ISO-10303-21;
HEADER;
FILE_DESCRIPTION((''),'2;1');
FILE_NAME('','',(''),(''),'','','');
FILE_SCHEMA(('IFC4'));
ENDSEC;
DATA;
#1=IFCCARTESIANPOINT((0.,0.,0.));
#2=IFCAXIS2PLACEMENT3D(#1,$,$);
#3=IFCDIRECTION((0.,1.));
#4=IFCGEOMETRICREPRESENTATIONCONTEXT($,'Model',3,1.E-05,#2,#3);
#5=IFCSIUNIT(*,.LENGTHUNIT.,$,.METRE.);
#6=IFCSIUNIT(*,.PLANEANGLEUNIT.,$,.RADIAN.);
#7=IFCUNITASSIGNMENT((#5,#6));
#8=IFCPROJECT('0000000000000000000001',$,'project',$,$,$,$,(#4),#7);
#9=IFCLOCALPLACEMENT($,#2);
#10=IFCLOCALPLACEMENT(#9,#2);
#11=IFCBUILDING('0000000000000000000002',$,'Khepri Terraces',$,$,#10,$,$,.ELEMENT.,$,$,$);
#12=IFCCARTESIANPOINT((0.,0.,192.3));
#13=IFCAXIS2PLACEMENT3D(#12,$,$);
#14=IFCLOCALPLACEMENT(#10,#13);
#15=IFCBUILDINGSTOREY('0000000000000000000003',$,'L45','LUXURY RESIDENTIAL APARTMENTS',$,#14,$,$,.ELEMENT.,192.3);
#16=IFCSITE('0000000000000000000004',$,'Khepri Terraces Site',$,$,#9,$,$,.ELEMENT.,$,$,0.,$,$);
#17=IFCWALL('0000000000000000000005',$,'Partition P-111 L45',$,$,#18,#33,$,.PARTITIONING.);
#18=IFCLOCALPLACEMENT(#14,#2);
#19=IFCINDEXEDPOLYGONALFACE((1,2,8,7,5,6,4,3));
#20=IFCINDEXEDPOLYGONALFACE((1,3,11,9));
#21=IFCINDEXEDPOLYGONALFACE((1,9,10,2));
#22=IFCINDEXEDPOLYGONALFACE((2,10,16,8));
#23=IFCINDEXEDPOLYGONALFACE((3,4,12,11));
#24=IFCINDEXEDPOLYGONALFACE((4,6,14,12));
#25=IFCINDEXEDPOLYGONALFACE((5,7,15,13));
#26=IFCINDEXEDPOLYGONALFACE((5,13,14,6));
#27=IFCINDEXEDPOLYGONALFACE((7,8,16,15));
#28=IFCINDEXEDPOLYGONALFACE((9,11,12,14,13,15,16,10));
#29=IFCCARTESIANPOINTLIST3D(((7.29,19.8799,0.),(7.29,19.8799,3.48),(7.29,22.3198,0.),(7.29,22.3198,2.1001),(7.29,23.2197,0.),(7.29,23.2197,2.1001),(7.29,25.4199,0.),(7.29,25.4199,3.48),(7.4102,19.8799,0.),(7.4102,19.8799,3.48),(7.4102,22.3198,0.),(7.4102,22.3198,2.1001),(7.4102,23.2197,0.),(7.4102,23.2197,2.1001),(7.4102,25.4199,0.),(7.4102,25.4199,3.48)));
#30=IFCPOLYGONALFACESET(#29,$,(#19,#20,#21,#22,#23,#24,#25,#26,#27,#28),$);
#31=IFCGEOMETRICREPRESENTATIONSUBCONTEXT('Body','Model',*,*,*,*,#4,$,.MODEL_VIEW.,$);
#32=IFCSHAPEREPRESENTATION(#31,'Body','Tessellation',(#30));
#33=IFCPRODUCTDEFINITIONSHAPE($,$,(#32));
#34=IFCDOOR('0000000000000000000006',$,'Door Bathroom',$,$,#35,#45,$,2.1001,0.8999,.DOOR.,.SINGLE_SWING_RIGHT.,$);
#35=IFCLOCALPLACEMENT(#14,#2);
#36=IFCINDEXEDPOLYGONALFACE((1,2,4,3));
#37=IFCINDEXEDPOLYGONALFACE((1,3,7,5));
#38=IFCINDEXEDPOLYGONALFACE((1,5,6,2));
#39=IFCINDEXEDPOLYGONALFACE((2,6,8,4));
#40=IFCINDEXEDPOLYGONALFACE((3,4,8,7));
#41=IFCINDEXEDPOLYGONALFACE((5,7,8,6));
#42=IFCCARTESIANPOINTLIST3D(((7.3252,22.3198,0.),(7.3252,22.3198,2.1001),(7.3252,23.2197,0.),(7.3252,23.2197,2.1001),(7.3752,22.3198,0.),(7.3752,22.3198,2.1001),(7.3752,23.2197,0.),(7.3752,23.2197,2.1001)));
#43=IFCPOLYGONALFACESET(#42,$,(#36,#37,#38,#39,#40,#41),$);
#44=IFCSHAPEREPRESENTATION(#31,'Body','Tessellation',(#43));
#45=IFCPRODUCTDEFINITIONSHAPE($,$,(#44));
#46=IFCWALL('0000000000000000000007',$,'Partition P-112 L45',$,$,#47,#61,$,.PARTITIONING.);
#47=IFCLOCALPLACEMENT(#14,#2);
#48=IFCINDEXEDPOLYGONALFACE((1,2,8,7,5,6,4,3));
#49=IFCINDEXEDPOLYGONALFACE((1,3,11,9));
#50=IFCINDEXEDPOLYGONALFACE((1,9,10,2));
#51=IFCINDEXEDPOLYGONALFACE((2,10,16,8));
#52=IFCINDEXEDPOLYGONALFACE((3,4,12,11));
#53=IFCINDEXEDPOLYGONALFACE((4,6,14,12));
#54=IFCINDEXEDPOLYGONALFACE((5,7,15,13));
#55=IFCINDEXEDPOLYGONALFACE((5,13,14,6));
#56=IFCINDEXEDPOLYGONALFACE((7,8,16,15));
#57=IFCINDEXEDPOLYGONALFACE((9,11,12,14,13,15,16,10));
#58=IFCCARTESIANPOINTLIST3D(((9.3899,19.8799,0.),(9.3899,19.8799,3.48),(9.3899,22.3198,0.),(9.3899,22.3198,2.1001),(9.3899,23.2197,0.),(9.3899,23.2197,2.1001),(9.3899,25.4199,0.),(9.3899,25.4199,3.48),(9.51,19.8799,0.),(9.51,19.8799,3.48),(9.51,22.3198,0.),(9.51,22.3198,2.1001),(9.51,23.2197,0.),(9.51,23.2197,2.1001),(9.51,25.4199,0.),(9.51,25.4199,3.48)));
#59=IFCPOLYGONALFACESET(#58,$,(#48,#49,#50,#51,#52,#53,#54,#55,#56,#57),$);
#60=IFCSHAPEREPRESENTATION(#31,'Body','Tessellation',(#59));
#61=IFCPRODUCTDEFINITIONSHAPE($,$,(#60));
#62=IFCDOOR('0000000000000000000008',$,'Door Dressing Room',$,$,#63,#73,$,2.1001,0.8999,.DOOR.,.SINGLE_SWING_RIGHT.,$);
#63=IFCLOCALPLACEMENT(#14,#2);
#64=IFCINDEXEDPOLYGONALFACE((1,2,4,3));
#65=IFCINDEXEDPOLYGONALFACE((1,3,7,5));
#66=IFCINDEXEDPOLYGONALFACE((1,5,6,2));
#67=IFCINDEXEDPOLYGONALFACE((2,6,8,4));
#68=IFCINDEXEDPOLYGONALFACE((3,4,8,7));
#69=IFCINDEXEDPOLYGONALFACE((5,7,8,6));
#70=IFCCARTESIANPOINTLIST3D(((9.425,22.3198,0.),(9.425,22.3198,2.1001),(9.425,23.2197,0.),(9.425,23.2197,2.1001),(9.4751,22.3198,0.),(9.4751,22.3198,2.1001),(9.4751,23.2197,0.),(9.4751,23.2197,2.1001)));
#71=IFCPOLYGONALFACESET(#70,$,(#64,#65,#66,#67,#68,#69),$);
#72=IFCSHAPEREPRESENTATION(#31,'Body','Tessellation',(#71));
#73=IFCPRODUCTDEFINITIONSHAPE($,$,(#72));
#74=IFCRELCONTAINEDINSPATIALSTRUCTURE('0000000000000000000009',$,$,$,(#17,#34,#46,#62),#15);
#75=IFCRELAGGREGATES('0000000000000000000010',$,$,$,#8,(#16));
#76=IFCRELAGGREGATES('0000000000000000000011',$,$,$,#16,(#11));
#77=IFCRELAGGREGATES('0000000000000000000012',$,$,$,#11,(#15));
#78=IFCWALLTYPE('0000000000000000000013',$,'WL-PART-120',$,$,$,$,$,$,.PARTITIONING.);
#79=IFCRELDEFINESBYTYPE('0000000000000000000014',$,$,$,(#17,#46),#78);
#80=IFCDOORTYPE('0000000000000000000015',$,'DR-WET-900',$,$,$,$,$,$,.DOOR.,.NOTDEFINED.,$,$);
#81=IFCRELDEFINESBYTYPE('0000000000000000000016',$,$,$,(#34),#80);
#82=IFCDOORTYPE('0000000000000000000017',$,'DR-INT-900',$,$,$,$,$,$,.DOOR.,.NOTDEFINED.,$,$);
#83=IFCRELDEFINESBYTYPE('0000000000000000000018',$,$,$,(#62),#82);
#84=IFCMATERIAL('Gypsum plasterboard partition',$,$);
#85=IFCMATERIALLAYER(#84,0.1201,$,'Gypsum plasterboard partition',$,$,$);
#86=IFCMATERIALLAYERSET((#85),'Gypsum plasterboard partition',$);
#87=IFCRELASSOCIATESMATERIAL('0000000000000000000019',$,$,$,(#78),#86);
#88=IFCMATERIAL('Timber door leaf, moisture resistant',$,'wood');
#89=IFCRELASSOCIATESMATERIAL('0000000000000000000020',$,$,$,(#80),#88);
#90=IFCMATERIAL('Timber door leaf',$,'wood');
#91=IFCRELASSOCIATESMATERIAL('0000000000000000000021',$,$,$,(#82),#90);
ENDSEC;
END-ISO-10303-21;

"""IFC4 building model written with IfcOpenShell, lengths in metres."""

from ifc_helpers import new_model, si_unit, direction, frame, frame_2d, origin, place, context, subcontext, project, spatial, rectangle, extrude, material, layer, layer_set, type_object, element, fill, save


model = new_model("IFC4")

# Units and contexts
model_context = context("Model", 3, precision=1e-05, world=origin(), true_north=direction((0.0, 1.0)))
body_context = subcontext(model_context, "Body", "Model", "MODEL_VIEW")
ifc_project = project(units=[si_unit("LENGTHUNIT", "METRE"), si_unit("PLANEANGLEUNIT", "RADIAN")], contexts=[model_context])

# Site, building, storey
site_placement = place(None, origin())
site = spatial("IfcSite", under=ifc_project, at=site_placement, Name="Khepri Terraces Site", CompositionType="ELEMENT", RefElevation=0.0)
building_placement = place(site_placement, origin())
building = spatial("IfcBuilding", under=site, at=building_placement, Name="Khepri Terraces", CompositionType="ELEMENT")
storey_placement = place(building_placement, frame((0.0, 0.0, 192.3)))
storey = spatial("IfcBuildingStorey", under=building, at=storey_placement, Name="L45", Description="LUXURY RESIDENTIAL APARTMENTS", CompositionType="ELEMENT", Elevation=192.3)

# Shared definitions
ifc_material_1 = material(Name="Gypsum plasterboard partition")
ifc_layer_1 = layer(ifc_material_1, 0.1201, Name="Gypsum plasterboard partition")
ifc_layer_set_1 = layer_set([ifc_layer_1], Name="Gypsum plasterboard partition")
wall_type_1 = type_object("IfcWallType", Name="WL-PART-120", PredefinedType="PARTITIONING", material=ifc_layer_set_1)

# Shared definitions
ifc_material_2 = material(Name="Timber door leaf, moisture resistant", Category="wood")
door_type_1 = type_object("IfcDoorType", Name="DR-WET-900", OperationType="NOTDEFINED", PredefinedType="DOOR", material=ifc_material_2)

# Shared definitions
ifc_material_3 = material(Name="Timber door leaf", Category="wood")
door_type_2 = type_object("IfcDoorType", Name="DR-INT-900", OperationType="NOTDEFINED", PredefinedType="DOOR", material=ifc_material_3)

# Walls, openings, doors
wall_1_placement = place(storey_placement, frame((7.3501, 19.8799, 0.0), z_axis=(0.0, 0.0, 1.0), x_axis=(0.0, 1.0, 0.0)))
wall_1 = element("IfcWall", 1, at=wall_1_placement, inside=storey, type_object=wall_type_1, Name="Partition P-111 L45", PredefinedType="PARTITIONING", context=body_context, shape_type="SweptSolid", body=[
    extrude(rectangle(XDim=5.54, YDim=0.1201, at=frame_2d((2.77, 0.0))), origin(), (0.0, 0.0, 1.0), 3.48),
])
opening_1_placement = place(wall_1_placement, frame((2.4399, 0.0, 0.0)))
opening_1 = element("IfcOpeningElement", 2, at=opening_1_placement, cuts=wall_1, PredefinedType="OPENING", context=body_context, shape_type="SweptSolid", body=[
    extrude(rectangle(XDim=0.8999, YDim=2.1001, at=frame_2d((0.45, 1.05))), frame((0.0, 0.0701, 0.0), z_axis=(0.0, -1.0, 0.0), x_axis=(1.0, 0.0, 0.0)), (0.0, 0.0, 1.0), 0.1401),
])
door_1_placement = place(opening_1_placement, origin())
door_1 = element("IfcDoor", 3, at=door_1_placement, inside=storey, type_object=door_type_1, Name="Door Bathroom", OperationType="SINGLE_SWING_RIGHT", OverallHeight=2.1001, OverallWidth=0.8999, PredefinedType="DOOR", context=body_context, shape_type="SweptSolid", body=[
    extrude(rectangle(XDim=0.8999, YDim=2.1001, at=frame_2d((0.45, 1.05))), frame((0.0, 0.0249, 0.0), z_axis=(0.0, -1.0, 0.0), x_axis=(1.0, 0.0, 0.0)), (0.0, 0.0, 1.0), 0.05),
])
fill(opening_1, door_1)
wall_2_placement = place(storey_placement, frame((9.45, 19.8799, 0.0), z_axis=(0.0, 0.0, 1.0), x_axis=(0.0, 1.0, 0.0)))
wall_2 = element("IfcWall", 4, at=wall_2_placement, inside=storey, type_object=wall_type_1, Name="Partition P-112 L45", PredefinedType="PARTITIONING", context=body_context, shape_type="SweptSolid", body=[
    extrude(rectangle(XDim=5.54, YDim=0.1201, at=frame_2d((2.77, 0.0))), origin(), (0.0, 0.0, 1.0), 3.48),
])
opening_2_placement = place(wall_2_placement, frame((2.4399, 0.0, 0.0)))
opening_2 = element("IfcOpeningElement", 5, at=opening_2_placement, cuts=wall_2, PredefinedType="OPENING", context=body_context, shape_type="SweptSolid", body=[
    extrude(rectangle(XDim=0.8999, YDim=2.1001, at=frame_2d((0.45, 1.05))), frame((0.0, 0.0701, 0.0), z_axis=(0.0, -1.0, 0.0), x_axis=(1.0, 0.0, 0.0)), (0.0, 0.0, 1.0), 0.1401),
])
door_2_placement = place(opening_2_placement, origin())
door_2 = element("IfcDoor", 6, at=door_2_placement, inside=storey, type_object=door_type_2, Name="Door Dressing Room", OperationType="SINGLE_SWING_RIGHT", OverallHeight=2.1001, OverallWidth=0.8999, PredefinedType="DOOR", context=body_context, shape_type="SweptSolid", body=[
    extrude(rectangle(XDim=0.8999, YDim=2.1001, at=frame_2d((0.45, 1.05))), frame((0.0, 0.0249, 0.0), z_axis=(0.0, -1.0, 0.0), x_axis=(1.0, 0.0, 0.0)), (0.0, 0.0, 1.0), 0.05),
])
fill(opening_2, door_2)

save(model, "model.ifc")
